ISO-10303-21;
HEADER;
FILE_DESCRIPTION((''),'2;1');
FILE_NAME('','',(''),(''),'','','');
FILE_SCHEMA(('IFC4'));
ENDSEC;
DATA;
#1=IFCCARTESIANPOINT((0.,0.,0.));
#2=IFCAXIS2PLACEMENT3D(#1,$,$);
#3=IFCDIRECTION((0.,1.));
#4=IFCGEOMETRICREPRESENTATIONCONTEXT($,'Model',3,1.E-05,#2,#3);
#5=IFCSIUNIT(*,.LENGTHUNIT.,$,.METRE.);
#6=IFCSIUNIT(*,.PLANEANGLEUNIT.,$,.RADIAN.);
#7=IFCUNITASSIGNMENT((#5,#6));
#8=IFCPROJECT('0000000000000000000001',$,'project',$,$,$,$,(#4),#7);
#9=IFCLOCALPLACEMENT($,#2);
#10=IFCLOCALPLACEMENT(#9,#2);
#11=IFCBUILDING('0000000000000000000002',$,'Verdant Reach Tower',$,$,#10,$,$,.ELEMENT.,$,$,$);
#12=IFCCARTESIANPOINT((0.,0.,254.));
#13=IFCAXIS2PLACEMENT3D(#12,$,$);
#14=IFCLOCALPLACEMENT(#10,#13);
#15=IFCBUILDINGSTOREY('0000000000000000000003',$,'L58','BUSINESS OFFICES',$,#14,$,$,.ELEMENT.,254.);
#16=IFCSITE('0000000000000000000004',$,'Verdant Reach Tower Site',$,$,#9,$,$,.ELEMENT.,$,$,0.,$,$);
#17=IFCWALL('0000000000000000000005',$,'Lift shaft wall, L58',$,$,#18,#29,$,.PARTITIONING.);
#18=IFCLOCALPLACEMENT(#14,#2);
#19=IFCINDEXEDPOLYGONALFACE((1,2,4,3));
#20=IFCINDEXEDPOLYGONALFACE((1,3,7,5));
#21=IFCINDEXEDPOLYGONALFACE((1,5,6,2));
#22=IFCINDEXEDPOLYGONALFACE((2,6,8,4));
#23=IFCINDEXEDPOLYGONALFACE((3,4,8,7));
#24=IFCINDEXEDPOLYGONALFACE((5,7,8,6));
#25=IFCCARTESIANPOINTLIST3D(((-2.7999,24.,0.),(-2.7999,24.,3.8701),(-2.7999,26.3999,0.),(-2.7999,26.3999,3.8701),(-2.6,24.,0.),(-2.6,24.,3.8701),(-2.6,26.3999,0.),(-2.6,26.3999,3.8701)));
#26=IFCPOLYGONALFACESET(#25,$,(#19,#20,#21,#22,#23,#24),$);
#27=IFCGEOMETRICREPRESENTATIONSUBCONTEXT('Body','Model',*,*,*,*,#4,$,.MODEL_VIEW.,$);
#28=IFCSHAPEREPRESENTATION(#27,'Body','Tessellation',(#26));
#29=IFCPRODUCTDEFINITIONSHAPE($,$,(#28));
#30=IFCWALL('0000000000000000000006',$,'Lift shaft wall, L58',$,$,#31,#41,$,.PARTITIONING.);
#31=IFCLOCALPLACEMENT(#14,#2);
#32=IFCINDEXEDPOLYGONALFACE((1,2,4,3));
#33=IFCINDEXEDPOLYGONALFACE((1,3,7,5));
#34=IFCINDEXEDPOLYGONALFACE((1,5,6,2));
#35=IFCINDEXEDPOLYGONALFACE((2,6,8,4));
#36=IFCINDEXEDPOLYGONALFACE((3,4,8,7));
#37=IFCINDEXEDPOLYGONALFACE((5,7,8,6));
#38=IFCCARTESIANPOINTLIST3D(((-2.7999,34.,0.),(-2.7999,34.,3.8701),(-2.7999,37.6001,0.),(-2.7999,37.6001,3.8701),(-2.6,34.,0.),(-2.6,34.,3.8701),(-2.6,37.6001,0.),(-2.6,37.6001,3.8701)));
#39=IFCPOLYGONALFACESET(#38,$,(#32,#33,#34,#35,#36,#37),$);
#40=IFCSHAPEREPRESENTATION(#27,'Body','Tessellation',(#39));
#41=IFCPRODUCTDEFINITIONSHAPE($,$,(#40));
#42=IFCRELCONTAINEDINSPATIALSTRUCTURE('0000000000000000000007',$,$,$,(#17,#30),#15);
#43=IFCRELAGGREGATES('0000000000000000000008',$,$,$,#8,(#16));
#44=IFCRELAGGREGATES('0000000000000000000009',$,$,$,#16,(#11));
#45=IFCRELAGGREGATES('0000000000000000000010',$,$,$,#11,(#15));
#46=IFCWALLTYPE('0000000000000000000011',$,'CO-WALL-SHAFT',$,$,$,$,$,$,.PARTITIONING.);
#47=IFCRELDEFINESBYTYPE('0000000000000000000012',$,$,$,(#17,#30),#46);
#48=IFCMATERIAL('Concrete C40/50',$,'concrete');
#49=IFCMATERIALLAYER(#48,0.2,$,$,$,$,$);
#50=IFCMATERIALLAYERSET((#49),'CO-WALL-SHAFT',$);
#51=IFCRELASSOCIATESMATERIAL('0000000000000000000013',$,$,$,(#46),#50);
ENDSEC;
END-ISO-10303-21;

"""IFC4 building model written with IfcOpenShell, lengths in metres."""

from ifc_helpers import new_model, si_unit, direction, frame, frame_2d, origin, place, context, subcontext, project, spatial, rectangle, extrude, material, layer, layer_set, type_object, element, save


model = new_model("IFC4")

# Units and contexts
model_context = context("Model", 3, precision=1e-05, world=origin(), true_north=direction((0.0, 1.0)))
body_context = subcontext(model_context, "Body", "Model", "MODEL_VIEW")
ifc_project = project(units=[si_unit("LENGTHUNIT", "METRE"), si_unit("PLANEANGLEUNIT", "RADIAN")], contexts=[model_context])

# Site, building, storey
site_placement = place(None, origin())
site = spatial("IfcSite", under=ifc_project, at=site_placement, Name="Verdant Reach Tower Site", CompositionType="ELEMENT", RefElevation=0.0)
building_placement = place(site_placement, origin())
building = spatial("IfcBuilding", under=site, at=building_placement, Name="Verdant Reach Tower", CompositionType="ELEMENT")
storey_placement = place(building_placement, frame((0.0, 0.0, 254.0)))
storey = spatial("IfcBuildingStorey", under=building, at=storey_placement, Name="L58", Description="BUSINESS OFFICES", CompositionType="ELEMENT", Elevation=254.0)

# Shared definitions
ifc_material_1 = material(Name="Concrete C40/50", Category="concrete")
ifc_layer_1 = layer(ifc_material_1, 0.2)
ifc_layer_set_1 = layer_set([ifc_layer_1], Name="CO-WALL-SHAFT")
wall_type_1 = type_object("IfcWallType", Name="CO-WALL-SHAFT", PredefinedType="PARTITIONING", material=ifc_layer_set_1)

# Walls
wall_1_placement = place(storey_placement, frame((-2.7, 24.0, 0.0), z_axis=(0.0, 0.0, 1.0), x_axis=(0.0, 1.0, 0.0)))
element("IfcWall", 1, at=wall_1_placement, inside=storey, type_object=wall_type_1, Name="Lift shaft wall, L58", PredefinedType="PARTITIONING", context=body_context, shape_type="SweptSolid", body=[
    extrude(rectangle(XDim=2.3999, YDim=0.2, at=frame_2d((1.2, 0.0))), origin(), (0.0, 0.0, 1.0), 3.8701),
])
wall_2_placement = place(storey_placement, frame((-2.7, 34.0, 0.0), z_axis=(0.0, 0.0, 1.0), x_axis=(0.0, 1.0, 0.0)))
element("IfcWall", 2, at=wall_2_placement, inside=storey, type_object=wall_type_1, Name="Lift shaft wall, L58", PredefinedType="PARTITIONING", context=body_context, shape_type="SweptSolid", body=[
    extrude(rectangle(XDim=3.6001, YDim=0.2, at=frame_2d((1.8, 0.0))), origin(), (0.0, 0.0, 1.0), 3.8701),
])

save(model, "model.ifc")
